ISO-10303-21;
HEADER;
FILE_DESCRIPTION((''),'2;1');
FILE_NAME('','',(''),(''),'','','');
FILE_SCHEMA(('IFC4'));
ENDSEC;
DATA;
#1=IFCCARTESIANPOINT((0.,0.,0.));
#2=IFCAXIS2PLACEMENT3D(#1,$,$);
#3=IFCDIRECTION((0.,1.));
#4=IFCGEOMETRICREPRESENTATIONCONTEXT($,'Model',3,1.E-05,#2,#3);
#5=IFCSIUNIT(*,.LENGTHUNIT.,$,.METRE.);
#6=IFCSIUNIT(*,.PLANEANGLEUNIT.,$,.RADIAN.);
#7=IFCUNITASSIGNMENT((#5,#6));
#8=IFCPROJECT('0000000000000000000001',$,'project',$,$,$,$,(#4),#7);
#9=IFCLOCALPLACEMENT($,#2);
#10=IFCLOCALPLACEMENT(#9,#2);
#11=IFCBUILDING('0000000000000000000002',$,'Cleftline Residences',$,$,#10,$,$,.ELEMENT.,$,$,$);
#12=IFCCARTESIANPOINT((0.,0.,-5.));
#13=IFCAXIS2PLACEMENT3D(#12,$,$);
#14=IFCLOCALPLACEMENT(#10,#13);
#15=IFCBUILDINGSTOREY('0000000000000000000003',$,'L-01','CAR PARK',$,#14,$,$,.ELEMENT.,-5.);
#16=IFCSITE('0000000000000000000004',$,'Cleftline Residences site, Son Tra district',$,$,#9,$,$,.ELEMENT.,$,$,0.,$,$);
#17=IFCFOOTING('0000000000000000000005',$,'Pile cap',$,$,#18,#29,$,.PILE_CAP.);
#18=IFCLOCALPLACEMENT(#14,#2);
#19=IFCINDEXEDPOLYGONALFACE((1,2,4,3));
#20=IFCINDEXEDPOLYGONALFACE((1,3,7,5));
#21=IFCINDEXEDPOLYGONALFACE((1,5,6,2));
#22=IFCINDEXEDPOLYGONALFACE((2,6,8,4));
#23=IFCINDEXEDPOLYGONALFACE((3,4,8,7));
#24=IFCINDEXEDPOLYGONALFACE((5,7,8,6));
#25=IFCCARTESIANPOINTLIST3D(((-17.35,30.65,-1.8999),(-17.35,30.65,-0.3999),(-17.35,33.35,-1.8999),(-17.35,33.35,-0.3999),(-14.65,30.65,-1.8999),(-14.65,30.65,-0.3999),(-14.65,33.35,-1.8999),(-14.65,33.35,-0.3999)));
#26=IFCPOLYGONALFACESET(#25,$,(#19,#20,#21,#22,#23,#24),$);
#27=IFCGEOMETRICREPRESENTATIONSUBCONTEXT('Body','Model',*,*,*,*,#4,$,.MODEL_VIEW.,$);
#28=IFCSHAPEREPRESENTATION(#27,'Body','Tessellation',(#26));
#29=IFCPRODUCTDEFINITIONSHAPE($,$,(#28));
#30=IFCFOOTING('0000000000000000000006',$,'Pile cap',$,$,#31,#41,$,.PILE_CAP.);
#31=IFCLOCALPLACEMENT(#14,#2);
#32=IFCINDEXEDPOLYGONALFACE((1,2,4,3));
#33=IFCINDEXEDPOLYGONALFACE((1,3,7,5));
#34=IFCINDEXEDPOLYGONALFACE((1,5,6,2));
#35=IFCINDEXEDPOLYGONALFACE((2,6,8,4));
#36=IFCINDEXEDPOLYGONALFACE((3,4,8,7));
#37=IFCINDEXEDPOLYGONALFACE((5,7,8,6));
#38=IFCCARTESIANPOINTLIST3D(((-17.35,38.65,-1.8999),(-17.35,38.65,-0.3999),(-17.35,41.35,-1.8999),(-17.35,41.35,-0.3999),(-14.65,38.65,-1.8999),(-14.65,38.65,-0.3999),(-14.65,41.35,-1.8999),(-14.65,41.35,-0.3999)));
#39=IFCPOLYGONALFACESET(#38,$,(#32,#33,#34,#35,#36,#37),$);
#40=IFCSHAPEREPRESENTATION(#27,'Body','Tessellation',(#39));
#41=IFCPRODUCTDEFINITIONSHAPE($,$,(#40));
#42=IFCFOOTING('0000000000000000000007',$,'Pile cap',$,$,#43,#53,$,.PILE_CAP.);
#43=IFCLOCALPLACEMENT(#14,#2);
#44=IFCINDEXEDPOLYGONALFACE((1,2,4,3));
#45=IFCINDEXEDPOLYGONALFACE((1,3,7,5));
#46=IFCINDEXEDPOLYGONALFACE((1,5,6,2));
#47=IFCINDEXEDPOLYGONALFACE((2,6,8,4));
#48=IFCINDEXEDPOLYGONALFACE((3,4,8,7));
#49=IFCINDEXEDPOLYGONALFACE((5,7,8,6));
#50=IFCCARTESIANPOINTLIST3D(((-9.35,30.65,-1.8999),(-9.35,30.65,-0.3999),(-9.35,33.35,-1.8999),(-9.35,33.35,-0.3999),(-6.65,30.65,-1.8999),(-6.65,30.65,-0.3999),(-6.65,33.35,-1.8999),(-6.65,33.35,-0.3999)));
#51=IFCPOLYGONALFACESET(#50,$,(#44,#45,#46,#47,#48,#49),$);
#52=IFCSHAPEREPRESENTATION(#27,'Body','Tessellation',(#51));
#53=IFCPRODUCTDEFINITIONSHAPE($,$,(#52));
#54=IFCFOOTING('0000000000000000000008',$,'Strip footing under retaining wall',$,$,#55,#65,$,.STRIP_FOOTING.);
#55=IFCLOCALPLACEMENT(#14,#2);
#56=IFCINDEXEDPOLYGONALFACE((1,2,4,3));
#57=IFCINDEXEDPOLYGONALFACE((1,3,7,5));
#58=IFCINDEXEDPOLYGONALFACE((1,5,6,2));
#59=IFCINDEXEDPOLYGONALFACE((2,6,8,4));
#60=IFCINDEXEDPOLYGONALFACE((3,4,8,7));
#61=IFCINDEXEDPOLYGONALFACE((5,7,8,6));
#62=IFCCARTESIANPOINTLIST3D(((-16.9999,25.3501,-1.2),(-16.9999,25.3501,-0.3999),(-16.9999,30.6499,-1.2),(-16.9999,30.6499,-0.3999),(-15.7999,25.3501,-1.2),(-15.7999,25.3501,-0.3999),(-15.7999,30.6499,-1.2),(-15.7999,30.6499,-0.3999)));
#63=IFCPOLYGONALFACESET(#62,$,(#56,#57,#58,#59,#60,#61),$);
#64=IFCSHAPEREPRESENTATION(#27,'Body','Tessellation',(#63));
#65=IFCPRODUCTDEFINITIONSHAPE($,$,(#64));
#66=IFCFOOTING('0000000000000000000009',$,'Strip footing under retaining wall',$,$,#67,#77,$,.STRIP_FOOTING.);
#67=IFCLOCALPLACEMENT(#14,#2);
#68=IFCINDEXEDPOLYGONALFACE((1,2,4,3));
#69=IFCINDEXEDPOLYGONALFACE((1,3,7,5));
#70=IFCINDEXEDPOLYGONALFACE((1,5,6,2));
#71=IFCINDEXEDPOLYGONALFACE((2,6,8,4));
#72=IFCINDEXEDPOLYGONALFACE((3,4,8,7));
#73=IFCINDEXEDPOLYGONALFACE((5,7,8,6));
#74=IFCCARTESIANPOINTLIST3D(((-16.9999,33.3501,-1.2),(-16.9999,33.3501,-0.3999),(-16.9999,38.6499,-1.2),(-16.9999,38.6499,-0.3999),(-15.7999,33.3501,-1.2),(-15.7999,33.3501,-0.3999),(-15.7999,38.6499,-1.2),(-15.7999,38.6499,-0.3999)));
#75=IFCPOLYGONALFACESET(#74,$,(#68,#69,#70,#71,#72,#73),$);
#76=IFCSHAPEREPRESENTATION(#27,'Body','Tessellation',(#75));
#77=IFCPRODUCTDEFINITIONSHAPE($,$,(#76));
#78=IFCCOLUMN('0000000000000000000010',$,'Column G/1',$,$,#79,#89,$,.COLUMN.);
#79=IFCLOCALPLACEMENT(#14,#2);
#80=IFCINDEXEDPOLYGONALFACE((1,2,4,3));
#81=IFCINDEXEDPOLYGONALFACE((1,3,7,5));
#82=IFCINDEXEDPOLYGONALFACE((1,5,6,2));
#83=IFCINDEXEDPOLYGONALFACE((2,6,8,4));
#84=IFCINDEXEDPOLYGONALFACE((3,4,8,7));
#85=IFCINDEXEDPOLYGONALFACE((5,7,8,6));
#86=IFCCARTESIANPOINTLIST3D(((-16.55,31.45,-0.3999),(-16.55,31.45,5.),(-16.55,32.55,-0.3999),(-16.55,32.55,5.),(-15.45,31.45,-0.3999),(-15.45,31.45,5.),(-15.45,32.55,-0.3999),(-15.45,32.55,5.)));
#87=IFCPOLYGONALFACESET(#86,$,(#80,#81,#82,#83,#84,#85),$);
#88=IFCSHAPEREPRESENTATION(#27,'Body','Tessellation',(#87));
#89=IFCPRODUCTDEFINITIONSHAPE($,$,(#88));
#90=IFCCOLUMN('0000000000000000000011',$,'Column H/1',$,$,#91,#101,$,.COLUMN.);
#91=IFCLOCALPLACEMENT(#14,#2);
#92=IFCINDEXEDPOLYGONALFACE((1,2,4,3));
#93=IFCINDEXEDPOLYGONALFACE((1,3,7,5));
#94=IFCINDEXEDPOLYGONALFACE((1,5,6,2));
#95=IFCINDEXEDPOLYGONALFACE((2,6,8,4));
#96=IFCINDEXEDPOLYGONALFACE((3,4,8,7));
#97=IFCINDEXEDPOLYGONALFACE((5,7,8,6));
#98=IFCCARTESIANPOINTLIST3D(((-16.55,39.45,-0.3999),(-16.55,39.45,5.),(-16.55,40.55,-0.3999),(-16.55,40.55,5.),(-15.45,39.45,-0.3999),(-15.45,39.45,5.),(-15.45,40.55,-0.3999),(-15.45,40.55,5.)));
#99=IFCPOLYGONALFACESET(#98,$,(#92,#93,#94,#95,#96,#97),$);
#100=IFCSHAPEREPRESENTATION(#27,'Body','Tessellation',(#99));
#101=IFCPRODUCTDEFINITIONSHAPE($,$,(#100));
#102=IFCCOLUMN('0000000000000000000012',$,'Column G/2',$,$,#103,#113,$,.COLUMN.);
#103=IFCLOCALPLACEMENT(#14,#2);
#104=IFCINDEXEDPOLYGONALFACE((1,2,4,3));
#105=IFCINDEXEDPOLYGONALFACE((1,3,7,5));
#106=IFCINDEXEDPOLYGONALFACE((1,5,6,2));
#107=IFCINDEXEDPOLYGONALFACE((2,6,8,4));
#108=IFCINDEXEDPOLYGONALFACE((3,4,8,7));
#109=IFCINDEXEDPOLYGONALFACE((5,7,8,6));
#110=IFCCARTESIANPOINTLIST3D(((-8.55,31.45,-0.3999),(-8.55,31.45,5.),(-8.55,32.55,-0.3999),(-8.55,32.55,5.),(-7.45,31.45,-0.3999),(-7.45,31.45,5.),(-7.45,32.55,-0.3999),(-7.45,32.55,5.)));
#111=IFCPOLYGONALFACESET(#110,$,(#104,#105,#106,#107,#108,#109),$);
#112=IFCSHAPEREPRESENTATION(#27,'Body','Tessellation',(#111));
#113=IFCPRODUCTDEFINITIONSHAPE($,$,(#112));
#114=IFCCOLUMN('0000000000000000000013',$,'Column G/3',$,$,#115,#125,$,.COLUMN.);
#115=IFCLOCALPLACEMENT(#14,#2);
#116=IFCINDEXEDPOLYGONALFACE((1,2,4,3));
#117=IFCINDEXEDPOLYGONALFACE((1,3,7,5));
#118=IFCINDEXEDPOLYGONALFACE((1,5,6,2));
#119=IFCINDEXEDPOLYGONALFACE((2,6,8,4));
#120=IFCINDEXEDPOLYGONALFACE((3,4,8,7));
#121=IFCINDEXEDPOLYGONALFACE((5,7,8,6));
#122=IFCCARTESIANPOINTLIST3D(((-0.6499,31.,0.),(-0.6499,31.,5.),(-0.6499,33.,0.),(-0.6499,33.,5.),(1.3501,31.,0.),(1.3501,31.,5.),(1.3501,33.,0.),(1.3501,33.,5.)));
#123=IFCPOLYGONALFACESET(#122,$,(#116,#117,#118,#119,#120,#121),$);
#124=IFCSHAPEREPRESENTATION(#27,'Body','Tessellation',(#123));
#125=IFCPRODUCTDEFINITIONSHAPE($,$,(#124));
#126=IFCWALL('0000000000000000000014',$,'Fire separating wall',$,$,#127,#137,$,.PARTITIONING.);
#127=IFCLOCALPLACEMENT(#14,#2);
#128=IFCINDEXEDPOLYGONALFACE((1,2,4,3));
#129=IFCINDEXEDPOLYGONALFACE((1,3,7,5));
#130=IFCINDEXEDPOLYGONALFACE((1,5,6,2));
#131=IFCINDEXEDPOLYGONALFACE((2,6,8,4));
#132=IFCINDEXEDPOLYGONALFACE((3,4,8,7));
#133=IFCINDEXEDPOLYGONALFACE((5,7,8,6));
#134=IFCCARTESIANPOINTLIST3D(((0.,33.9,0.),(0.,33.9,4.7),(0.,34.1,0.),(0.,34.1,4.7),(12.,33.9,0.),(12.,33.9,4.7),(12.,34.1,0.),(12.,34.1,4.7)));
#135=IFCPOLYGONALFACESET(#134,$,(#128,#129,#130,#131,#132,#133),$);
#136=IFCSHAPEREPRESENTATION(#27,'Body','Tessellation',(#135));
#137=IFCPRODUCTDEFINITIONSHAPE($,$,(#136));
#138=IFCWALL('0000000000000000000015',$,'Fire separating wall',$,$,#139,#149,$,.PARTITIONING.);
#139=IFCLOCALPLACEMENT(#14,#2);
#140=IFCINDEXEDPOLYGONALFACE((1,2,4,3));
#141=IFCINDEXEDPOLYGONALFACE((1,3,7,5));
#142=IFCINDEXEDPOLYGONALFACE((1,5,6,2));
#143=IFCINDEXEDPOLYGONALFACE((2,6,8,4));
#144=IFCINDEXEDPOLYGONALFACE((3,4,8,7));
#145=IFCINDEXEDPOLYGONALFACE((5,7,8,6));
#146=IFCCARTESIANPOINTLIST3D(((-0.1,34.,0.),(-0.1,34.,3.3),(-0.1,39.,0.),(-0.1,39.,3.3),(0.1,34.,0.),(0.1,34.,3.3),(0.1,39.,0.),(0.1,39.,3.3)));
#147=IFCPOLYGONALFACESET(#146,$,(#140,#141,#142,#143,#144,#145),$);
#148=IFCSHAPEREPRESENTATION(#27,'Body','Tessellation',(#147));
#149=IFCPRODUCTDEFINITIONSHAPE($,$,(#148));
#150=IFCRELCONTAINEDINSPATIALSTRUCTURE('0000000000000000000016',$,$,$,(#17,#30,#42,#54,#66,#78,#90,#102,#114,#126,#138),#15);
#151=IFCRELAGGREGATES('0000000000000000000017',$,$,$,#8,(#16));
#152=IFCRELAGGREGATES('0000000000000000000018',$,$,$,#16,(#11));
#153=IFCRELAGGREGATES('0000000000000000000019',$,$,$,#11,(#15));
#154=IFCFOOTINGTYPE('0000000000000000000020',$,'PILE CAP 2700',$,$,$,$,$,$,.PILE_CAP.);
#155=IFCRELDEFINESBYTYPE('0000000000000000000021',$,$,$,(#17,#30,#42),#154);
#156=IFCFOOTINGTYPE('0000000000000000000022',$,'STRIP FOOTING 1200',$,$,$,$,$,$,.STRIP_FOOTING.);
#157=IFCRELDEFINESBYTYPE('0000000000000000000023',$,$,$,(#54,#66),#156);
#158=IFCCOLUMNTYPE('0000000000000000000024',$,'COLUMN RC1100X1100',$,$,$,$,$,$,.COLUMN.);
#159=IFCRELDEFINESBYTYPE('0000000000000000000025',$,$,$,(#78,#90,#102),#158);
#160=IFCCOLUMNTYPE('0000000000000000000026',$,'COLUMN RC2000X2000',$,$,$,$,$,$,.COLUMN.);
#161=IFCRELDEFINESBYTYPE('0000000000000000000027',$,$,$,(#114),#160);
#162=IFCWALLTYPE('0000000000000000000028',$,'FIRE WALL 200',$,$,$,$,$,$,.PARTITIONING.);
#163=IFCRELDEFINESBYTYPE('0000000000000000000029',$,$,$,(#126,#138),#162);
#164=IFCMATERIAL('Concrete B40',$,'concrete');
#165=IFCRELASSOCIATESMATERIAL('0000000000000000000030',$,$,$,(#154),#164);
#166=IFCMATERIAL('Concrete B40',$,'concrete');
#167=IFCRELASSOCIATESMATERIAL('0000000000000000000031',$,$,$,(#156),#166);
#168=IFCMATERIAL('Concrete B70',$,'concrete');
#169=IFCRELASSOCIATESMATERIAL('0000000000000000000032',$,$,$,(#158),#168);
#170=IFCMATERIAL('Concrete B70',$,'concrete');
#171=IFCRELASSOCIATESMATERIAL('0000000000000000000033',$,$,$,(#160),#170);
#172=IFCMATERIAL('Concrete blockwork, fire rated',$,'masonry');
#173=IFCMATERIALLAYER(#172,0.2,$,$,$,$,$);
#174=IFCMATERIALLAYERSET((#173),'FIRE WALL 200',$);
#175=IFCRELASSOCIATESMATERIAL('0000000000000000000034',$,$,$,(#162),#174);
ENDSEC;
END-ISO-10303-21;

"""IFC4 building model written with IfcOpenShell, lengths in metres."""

from ifc_helpers import new_model, si_unit, direction, frame, frame_2d, origin, origin_2d, place, context, subcontext, project, spatial, rectangle, extrude, material, layer, layer_set, material_profile, profile_set, type_object, element, save


model = new_model("IFC4")

# Units and contexts
model_context = context("Model", 3, precision=1e-05, world=origin(), true_north=direction((0.0, 1.0)))
body_context = subcontext(model_context, "Body", "Model", "MODEL_VIEW")
ifc_project = project(units=[si_unit("LENGTHUNIT", "METRE"), si_unit("PLANEANGLEUNIT", "RADIAN")], contexts=[model_context])

# Site, building, storey
site_placement = place(None, origin())
site = spatial("IfcSite", under=ifc_project, at=site_placement, Name="Cleftline Residences site, Son Tra district", CompositionType="ELEMENT", RefElevation=0.0)
building_placement = place(site_placement, origin())
building = spatial("IfcBuilding", under=site, at=building_placement, Name="Cleftline Residences", CompositionType="ELEMENT")
storey_placement = place(building_placement, frame((0.0, 0.0, -5.0)))
storey = spatial("IfcBuildingStorey", under=building, at=storey_placement, Name="L-01", Description="CAR PARK", CompositionType="ELEMENT", Elevation=-5.0)

# Footings
ifc_material_1 = material(Name="Concrete B40", Category="concrete")
footing_type_1 = type_object("IfcFootingType", Name="PILE CAP 2700", PredefinedType="PILE_CAP", material=ifc_material_1)
for number, where, z_axis, x_axis, name in (
    (1, (-16.0, 32.0, -1.8999), (0.0, 0.0, 1.0), (1.0, 0.0, 0.0), "Pile cap"),
    (2, (-16.0, 40.0, -1.8999), (0.0, 0.0, 1.0), (1.0, 0.0, 0.0), "Pile cap"),
    (3, (-8.0, 32.0, -1.8999), (0.0, 0.0, 1.0), (1.0, 0.0, 0.0), "Pile cap"),
):
    element("IfcFooting", number, at=place(storey_placement, frame(where, z_axis=z_axis, x_axis=x_axis)), inside=storey, type_object=footing_type_1, Name=name, PredefinedType="PILE_CAP", context=body_context, shape_type="SweptSolid", body=[
        extrude(rectangle(XDim=2.7, YDim=2.7, at=origin_2d()), origin(), (0.0, 0.0, 1.0), 1.5),
    ])
ifc_material_2 = material(Name="Concrete B40", Category="concrete")
footing_type_2 = type_object("IfcFootingType", Name="STRIP FOOTING 1200", PredefinedType="STRIP_FOOTING", material=ifc_material_2)
for number, where, z_axis, x_axis, name in (
    (4, (-16.3999, 25.3501, -1.2), (0.0, 0.0, 1.0), (0.0, 1.0, 0.0), "Strip footing under retaining wall"),
    (5, (-16.3999, 33.3501, -1.2), (0.0, 0.0, 1.0), (0.0, 1.0, 0.0), "Strip footing under retaining wall"),
):
    element("IfcFooting", number, at=place(storey_placement, frame(where, z_axis=z_axis, x_axis=x_axis)), inside=storey, type_object=footing_type_2, Name=name, PredefinedType="STRIP_FOOTING", context=body_context, shape_type="SweptSolid", body=[
        extrude(rectangle(XDim=5.2998, YDim=1.2, at=frame_2d((2.6499, 0.0))), origin(), (0.0, 0.0, 1.0), 0.8),
    ])

# Columns
ifc_material_3 = material(Name="Concrete B70", Category="concrete")
ifc_material_profile_1 = material_profile(ifc_material_3, rectangle(XDim=1.1001, YDim=1.1001, at=origin_2d()))
ifc_profile_set_1 = profile_set([ifc_material_profile_1], Name="Concrete B70")
column_type_1 = type_object("IfcColumnType", Name="COLUMN RC1100X1100", PredefinedType="COLUMN", material=ifc_profile_set_1)
for number, where, z_axis, x_axis, name in (
    (6, (-16.0, 32.0, -0.3999), (0.0, 0.0, 1.0), (1.0, 0.0, 0.0), "Column G/1"),
    (7, (-16.0, 40.0, -0.3999), (0.0, 0.0, 1.0), (1.0, 0.0, 0.0), "Column H/1"),
    (8, (-8.0, 32.0, -0.3999), (0.0, 0.0, 1.0), (1.0, 0.0, 0.0), "Column G/2"),
):
    element("IfcColumn", number, at=place(storey_placement, frame(where, z_axis=z_axis, x_axis=x_axis)), inside=storey, type_object=column_type_1, Name=name, PredefinedType="COLUMN", context=body_context, shape_type="SweptSolid", body=[
        extrude(rectangle(XDim=1.1001, YDim=1.1001, at=origin_2d()), origin(), (0.0, 0.0, 1.0), 5.3999),
    ])
ifc_material_4 = material(Name="Concrete B70", Category="concrete")
ifc_material_profile_2 = material_profile(ifc_material_4, rectangle(XDim=2.0, YDim=2.0, at=origin_2d()))
ifc_profile_set_2 = profile_set([ifc_material_profile_2], Name="Concrete B70")
column_type_2 = type_object("IfcColumnType", Name="COLUMN RC2000X2000", PredefinedType="COLUMN", material=ifc_profile_set_2)
column_placement = place(storey_placement, frame((0.3501, 32.0, 0.0), z_axis=(0.0, 0.0, 1.0), x_axis=(1.0, 0.0, 0.0)))
element("IfcColumn", 9, at=column_placement, inside=storey, type_object=column_type_2, Name="Column G/3", PredefinedType="COLUMN", context=body_context, shape_type="SweptSolid", body=[
    extrude(rectangle(XDim=2.0, YDim=2.0, at=origin_2d()), origin(), (0.0, 0.0, 1.0), 5.0),
])

# Walls
ifc_material_5 = material(Name="Concrete blockwork, fire rated", Category="masonry")
ifc_layer = layer(ifc_material_5, 0.2)
ifc_layer_set = layer_set([ifc_layer], Name="FIRE WALL 200")
wall_type = type_object("IfcWallType", Name="FIRE WALL 200", PredefinedType="PARTITIONING", material=ifc_layer_set)
wall_1_placement = place(storey_placement, frame((0.0, 34.0, 0.0), z_axis=(0.0, 0.0, 1.0), x_axis=(1.0, 0.0, 0.0)))
element("IfcWall", 10, at=wall_1_placement, inside=storey, type_object=wall_type, Name="Fire separating wall", PredefinedType="PARTITIONING", context=body_context, shape_type="SweptSolid", body=[
    extrude(rectangle(XDim=12.0, YDim=0.2, at=frame_2d((6.0, 0.0))), origin(), (0.0, 0.0, 1.0), 4.7),
])
wall_2_placement = place(storey_placement, frame((0.0, 34.0, 0.0), z_axis=(0.0, 0.0, 1.0), x_axis=(0.0, 1.0, 0.0)))
element("IfcWall", 11, at=wall_2_placement, inside=storey, type_object=wall_type, Name="Fire separating wall", PredefinedType="PARTITIONING", context=body_context, shape_type="SweptSolid", body=[
    extrude(rectangle(XDim=5.0, YDim=0.2, at=frame_2d((2.5, 0.0))), origin(), (0.0, 0.0, 1.0), 3.3),
])

save(model, "model.ifc")
